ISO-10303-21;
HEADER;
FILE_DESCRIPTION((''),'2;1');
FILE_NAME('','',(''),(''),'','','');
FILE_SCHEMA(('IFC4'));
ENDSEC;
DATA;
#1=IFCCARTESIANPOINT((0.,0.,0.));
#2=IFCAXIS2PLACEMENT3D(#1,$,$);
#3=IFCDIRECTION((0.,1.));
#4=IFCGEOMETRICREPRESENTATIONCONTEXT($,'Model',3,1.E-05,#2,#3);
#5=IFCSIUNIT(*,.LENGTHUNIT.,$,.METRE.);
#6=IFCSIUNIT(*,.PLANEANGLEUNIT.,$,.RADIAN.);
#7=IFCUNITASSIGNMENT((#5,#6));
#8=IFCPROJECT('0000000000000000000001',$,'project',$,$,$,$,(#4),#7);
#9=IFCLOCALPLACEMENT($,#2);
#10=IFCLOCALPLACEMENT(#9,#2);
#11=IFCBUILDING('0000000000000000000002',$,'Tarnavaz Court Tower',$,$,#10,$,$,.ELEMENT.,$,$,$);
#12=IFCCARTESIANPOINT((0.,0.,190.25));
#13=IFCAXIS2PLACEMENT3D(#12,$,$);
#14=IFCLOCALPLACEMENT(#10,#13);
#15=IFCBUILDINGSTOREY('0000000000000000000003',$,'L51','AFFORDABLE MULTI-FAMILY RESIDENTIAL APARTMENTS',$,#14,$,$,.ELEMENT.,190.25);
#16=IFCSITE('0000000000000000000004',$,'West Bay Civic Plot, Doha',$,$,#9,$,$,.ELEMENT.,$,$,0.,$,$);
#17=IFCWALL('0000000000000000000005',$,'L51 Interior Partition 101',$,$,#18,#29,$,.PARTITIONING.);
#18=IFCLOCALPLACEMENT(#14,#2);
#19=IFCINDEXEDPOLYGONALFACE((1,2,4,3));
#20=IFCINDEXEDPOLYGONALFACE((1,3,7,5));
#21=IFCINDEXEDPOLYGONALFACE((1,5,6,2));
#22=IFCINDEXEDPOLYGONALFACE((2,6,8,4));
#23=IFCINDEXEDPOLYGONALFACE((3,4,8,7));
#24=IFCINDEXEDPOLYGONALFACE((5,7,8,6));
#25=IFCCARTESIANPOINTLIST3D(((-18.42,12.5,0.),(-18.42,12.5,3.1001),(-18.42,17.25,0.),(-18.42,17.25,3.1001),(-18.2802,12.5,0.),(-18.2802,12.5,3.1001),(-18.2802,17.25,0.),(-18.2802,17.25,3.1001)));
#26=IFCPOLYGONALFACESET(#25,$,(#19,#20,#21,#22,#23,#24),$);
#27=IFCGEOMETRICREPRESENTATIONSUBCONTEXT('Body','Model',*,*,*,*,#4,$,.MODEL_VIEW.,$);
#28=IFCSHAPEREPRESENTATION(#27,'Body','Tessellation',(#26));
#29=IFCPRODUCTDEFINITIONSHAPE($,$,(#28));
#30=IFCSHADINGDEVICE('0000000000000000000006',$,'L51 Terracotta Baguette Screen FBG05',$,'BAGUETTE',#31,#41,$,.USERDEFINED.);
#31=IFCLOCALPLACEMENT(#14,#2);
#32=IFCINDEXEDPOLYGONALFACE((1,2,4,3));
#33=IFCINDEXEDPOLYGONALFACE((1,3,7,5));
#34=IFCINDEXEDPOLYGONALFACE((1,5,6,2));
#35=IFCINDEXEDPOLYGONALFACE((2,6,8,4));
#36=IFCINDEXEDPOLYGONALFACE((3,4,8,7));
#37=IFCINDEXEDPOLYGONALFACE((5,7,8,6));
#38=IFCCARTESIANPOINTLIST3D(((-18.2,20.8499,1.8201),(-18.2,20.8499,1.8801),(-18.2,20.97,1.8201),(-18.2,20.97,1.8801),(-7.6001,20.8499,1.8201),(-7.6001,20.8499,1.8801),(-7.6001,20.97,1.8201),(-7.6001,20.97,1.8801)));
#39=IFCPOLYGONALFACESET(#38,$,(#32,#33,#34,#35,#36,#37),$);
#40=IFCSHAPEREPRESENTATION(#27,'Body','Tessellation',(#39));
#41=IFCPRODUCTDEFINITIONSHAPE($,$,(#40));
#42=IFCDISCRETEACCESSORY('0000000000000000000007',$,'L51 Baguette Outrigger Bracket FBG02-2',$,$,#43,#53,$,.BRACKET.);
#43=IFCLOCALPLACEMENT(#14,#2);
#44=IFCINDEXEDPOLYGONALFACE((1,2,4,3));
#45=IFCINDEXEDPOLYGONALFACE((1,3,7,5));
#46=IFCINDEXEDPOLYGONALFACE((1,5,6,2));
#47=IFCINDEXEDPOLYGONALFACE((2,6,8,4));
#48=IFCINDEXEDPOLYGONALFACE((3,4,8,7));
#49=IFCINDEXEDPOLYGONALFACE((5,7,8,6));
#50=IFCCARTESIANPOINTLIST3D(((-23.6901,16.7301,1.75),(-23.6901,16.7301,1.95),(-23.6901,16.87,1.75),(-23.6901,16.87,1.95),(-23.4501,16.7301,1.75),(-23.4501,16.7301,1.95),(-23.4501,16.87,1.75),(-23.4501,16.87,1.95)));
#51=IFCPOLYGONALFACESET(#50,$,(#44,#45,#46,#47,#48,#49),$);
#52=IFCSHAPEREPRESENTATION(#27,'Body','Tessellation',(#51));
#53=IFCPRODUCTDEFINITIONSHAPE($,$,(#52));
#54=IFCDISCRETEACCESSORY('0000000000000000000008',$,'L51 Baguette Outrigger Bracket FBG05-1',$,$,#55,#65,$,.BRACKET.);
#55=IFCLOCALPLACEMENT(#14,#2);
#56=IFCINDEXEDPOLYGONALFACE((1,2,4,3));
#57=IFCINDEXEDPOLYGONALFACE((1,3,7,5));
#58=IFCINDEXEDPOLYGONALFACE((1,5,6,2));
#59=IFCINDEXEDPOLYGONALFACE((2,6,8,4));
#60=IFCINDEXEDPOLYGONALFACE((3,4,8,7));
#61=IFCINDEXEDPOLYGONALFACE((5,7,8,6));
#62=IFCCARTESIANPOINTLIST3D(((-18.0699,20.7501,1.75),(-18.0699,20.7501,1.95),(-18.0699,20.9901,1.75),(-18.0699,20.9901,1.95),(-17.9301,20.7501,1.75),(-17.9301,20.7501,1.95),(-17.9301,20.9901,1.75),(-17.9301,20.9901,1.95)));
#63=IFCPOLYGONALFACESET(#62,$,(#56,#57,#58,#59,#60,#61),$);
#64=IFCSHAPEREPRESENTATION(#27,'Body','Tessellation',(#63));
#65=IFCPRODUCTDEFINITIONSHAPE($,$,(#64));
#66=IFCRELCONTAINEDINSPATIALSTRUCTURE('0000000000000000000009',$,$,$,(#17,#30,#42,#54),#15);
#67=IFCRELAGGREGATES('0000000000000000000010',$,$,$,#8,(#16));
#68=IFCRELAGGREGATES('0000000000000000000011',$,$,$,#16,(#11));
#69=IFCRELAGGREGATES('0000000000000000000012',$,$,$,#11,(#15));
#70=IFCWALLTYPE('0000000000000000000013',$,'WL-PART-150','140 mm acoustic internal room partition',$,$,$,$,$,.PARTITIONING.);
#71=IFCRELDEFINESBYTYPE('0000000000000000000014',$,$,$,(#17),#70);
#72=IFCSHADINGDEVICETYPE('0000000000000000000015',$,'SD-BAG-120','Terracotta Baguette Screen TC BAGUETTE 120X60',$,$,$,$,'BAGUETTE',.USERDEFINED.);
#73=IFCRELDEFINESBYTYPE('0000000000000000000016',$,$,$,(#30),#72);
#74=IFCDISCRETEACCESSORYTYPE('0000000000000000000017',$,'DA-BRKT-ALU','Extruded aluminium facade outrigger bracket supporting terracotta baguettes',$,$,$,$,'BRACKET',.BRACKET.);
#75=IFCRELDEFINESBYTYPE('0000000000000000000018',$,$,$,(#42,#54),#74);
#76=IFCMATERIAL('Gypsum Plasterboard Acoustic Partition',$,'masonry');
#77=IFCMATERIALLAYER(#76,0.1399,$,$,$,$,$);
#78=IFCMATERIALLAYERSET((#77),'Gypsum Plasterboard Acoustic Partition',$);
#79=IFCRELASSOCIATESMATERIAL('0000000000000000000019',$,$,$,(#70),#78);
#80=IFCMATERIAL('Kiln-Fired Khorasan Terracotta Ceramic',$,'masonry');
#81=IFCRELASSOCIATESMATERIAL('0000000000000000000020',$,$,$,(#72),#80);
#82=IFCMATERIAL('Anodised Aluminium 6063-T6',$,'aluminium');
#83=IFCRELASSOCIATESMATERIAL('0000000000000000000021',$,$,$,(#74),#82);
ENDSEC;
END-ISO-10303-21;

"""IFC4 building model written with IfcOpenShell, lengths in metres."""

from ifc_helpers import new_model, si_unit, direction, frame, frame_2d, origin, origin_2d, place, context, subcontext, project, spatial, rectangle, extrude, material, layer, layer_set, material_profile, profile_set, type_object, element, save


model = new_model("IFC4")

# Units and contexts
model_context = context("Model", 3, precision=1e-05, world=origin(), true_north=direction((0.0, 1.0)))
body_context = subcontext(model_context, "Body", "Model", "MODEL_VIEW")
ifc_project = project(units=[si_unit("LENGTHUNIT", "METRE"), si_unit("PLANEANGLEUNIT", "RADIAN")], contexts=[model_context])

# Site, building, storey
site_placement = place(None, origin())
site = spatial("IfcSite", under=ifc_project, at=site_placement, Name="West Bay Civic Plot, Doha", CompositionType="ELEMENT", RefElevation=0.0)
building_placement = place(site_placement, origin())
building = spatial("IfcBuilding", under=site, at=building_placement, Name="Tarnavaz Court Tower", CompositionType="ELEMENT")
storey_placement = place(building_placement, frame((0.0, 0.0, 190.25)))
storey = spatial("IfcBuildingStorey", under=building, at=storey_placement, Name="L51", Description="AFFORDABLE MULTI-FAMILY RESIDENTIAL APARTMENTS", CompositionType="ELEMENT", Elevation=190.25)

# Wall
ifc_material_1 = material(Name="Gypsum Plasterboard Acoustic Partition", Category="masonry")
ifc_layer_1 = layer(ifc_material_1, 0.1399)
ifc_layer_set_1 = layer_set([ifc_layer_1], Name="Gypsum Plasterboard Acoustic Partition")
wall_type_1 = type_object("IfcWallType", Name="WL-PART-150", Description="140 mm acoustic internal room partition", PredefinedType="PARTITIONING", material=ifc_layer_set_1)
wall_1_placement = place(storey_placement, frame((-18.3501, 12.5, 0.0), z_axis=(0.0, 0.0, 1.0), x_axis=(0.0, 1.0, 0.0)))
element("IfcWall", 1, at=wall_1_placement, inside=storey, type_object=wall_type_1, Name="L51 Interior Partition 101", PredefinedType="PARTITIONING", context=body_context, shape_type="SweptSolid", body=[
    extrude(rectangle(XDim=4.75, YDim=0.1399, at=frame_2d((2.375, 0.0))), origin(), (0.0, 0.0, 1.0), 3.1001),
])

# Shading device
ifc_material_2 = material(Name="Kiln-Fired Khorasan Terracotta Ceramic", Category="masonry")
ifc_material_profile_1 = material_profile(ifc_material_2, rectangle(XDim=0.1201, YDim=0.0601, at=origin_2d()), Name="TC BAGUETTE 120X60")
ifc_profile_set_1 = profile_set([ifc_material_profile_1], Name="Kiln-Fired Khorasan Terracotta Ceramic")
shading_device_type = type_object("IfcShadingDeviceType", Name="SD-BAG-120", Description="Terracotta Baguette Screen TC BAGUETTE 120X60", ElementType="BAGUETTE", PredefinedType="USERDEFINED", material=ifc_profile_set_1)
shading_device_placement = place(storey_placement, frame((-18.2, 20.9099, 1.8501), z_axis=(1.0, 0.0, 0.0), x_axis=(0.0, 1.0, 0.0)))
element("IfcShadingDevice", 2, at=shading_device_placement, inside=storey, type_object=shading_device_type, Name="L51 Terracotta Baguette Screen FBG05", ObjectType="BAGUETTE", PredefinedType="USERDEFINED", context=body_context, shape_type="SweptSolid", body=[
    extrude(rectangle(XDim=0.1201, YDim=0.0601, at=origin_2d()), origin(), (0.0, 0.0, 1.0), 10.5999),
])

# Discrete accessories
ifc_material_3 = material(Name="Anodised Aluminium 6063-T6", Category="aluminium")
discrete_accessory_type = type_object("IfcDiscreteAccessoryType", Name="DA-BRKT-ALU", Description="Extruded aluminium facade outrigger bracket supporting terracotta baguettes", ElementType="BRACKET", PredefinedType="BRACKET", material=ifc_material_3)
for number, where, z_axis, x_axis, name in (
    (3, (-23.5701, 16.8, 1.75), (0.0, 0.0, 1.0), (0.0, 1.0, 0.0), "L51 Baguette Outrigger Bracket FBG02-2"),
    (4, (-18.0, 20.8701, 1.75), (0.0, 0.0, 1.0), (1.0, 0.0, 0.0), "L51 Baguette Outrigger Bracket FBG05-1"),
):
    element("IfcDiscreteAccessory", number, at=place(storey_placement, frame(where, z_axis=z_axis, x_axis=x_axis)), inside=storey, type_object=discrete_accessory_type, Name=name, PredefinedType="BRACKET", context=body_context, shape_type="SweptSolid", body=[
        extrude(rectangle(XDim=0.1399, YDim=0.24, at=origin_2d()), origin(), (0.0, 0.0, 1.0), 0.2),
    ])

save(model, "model.ifc")
